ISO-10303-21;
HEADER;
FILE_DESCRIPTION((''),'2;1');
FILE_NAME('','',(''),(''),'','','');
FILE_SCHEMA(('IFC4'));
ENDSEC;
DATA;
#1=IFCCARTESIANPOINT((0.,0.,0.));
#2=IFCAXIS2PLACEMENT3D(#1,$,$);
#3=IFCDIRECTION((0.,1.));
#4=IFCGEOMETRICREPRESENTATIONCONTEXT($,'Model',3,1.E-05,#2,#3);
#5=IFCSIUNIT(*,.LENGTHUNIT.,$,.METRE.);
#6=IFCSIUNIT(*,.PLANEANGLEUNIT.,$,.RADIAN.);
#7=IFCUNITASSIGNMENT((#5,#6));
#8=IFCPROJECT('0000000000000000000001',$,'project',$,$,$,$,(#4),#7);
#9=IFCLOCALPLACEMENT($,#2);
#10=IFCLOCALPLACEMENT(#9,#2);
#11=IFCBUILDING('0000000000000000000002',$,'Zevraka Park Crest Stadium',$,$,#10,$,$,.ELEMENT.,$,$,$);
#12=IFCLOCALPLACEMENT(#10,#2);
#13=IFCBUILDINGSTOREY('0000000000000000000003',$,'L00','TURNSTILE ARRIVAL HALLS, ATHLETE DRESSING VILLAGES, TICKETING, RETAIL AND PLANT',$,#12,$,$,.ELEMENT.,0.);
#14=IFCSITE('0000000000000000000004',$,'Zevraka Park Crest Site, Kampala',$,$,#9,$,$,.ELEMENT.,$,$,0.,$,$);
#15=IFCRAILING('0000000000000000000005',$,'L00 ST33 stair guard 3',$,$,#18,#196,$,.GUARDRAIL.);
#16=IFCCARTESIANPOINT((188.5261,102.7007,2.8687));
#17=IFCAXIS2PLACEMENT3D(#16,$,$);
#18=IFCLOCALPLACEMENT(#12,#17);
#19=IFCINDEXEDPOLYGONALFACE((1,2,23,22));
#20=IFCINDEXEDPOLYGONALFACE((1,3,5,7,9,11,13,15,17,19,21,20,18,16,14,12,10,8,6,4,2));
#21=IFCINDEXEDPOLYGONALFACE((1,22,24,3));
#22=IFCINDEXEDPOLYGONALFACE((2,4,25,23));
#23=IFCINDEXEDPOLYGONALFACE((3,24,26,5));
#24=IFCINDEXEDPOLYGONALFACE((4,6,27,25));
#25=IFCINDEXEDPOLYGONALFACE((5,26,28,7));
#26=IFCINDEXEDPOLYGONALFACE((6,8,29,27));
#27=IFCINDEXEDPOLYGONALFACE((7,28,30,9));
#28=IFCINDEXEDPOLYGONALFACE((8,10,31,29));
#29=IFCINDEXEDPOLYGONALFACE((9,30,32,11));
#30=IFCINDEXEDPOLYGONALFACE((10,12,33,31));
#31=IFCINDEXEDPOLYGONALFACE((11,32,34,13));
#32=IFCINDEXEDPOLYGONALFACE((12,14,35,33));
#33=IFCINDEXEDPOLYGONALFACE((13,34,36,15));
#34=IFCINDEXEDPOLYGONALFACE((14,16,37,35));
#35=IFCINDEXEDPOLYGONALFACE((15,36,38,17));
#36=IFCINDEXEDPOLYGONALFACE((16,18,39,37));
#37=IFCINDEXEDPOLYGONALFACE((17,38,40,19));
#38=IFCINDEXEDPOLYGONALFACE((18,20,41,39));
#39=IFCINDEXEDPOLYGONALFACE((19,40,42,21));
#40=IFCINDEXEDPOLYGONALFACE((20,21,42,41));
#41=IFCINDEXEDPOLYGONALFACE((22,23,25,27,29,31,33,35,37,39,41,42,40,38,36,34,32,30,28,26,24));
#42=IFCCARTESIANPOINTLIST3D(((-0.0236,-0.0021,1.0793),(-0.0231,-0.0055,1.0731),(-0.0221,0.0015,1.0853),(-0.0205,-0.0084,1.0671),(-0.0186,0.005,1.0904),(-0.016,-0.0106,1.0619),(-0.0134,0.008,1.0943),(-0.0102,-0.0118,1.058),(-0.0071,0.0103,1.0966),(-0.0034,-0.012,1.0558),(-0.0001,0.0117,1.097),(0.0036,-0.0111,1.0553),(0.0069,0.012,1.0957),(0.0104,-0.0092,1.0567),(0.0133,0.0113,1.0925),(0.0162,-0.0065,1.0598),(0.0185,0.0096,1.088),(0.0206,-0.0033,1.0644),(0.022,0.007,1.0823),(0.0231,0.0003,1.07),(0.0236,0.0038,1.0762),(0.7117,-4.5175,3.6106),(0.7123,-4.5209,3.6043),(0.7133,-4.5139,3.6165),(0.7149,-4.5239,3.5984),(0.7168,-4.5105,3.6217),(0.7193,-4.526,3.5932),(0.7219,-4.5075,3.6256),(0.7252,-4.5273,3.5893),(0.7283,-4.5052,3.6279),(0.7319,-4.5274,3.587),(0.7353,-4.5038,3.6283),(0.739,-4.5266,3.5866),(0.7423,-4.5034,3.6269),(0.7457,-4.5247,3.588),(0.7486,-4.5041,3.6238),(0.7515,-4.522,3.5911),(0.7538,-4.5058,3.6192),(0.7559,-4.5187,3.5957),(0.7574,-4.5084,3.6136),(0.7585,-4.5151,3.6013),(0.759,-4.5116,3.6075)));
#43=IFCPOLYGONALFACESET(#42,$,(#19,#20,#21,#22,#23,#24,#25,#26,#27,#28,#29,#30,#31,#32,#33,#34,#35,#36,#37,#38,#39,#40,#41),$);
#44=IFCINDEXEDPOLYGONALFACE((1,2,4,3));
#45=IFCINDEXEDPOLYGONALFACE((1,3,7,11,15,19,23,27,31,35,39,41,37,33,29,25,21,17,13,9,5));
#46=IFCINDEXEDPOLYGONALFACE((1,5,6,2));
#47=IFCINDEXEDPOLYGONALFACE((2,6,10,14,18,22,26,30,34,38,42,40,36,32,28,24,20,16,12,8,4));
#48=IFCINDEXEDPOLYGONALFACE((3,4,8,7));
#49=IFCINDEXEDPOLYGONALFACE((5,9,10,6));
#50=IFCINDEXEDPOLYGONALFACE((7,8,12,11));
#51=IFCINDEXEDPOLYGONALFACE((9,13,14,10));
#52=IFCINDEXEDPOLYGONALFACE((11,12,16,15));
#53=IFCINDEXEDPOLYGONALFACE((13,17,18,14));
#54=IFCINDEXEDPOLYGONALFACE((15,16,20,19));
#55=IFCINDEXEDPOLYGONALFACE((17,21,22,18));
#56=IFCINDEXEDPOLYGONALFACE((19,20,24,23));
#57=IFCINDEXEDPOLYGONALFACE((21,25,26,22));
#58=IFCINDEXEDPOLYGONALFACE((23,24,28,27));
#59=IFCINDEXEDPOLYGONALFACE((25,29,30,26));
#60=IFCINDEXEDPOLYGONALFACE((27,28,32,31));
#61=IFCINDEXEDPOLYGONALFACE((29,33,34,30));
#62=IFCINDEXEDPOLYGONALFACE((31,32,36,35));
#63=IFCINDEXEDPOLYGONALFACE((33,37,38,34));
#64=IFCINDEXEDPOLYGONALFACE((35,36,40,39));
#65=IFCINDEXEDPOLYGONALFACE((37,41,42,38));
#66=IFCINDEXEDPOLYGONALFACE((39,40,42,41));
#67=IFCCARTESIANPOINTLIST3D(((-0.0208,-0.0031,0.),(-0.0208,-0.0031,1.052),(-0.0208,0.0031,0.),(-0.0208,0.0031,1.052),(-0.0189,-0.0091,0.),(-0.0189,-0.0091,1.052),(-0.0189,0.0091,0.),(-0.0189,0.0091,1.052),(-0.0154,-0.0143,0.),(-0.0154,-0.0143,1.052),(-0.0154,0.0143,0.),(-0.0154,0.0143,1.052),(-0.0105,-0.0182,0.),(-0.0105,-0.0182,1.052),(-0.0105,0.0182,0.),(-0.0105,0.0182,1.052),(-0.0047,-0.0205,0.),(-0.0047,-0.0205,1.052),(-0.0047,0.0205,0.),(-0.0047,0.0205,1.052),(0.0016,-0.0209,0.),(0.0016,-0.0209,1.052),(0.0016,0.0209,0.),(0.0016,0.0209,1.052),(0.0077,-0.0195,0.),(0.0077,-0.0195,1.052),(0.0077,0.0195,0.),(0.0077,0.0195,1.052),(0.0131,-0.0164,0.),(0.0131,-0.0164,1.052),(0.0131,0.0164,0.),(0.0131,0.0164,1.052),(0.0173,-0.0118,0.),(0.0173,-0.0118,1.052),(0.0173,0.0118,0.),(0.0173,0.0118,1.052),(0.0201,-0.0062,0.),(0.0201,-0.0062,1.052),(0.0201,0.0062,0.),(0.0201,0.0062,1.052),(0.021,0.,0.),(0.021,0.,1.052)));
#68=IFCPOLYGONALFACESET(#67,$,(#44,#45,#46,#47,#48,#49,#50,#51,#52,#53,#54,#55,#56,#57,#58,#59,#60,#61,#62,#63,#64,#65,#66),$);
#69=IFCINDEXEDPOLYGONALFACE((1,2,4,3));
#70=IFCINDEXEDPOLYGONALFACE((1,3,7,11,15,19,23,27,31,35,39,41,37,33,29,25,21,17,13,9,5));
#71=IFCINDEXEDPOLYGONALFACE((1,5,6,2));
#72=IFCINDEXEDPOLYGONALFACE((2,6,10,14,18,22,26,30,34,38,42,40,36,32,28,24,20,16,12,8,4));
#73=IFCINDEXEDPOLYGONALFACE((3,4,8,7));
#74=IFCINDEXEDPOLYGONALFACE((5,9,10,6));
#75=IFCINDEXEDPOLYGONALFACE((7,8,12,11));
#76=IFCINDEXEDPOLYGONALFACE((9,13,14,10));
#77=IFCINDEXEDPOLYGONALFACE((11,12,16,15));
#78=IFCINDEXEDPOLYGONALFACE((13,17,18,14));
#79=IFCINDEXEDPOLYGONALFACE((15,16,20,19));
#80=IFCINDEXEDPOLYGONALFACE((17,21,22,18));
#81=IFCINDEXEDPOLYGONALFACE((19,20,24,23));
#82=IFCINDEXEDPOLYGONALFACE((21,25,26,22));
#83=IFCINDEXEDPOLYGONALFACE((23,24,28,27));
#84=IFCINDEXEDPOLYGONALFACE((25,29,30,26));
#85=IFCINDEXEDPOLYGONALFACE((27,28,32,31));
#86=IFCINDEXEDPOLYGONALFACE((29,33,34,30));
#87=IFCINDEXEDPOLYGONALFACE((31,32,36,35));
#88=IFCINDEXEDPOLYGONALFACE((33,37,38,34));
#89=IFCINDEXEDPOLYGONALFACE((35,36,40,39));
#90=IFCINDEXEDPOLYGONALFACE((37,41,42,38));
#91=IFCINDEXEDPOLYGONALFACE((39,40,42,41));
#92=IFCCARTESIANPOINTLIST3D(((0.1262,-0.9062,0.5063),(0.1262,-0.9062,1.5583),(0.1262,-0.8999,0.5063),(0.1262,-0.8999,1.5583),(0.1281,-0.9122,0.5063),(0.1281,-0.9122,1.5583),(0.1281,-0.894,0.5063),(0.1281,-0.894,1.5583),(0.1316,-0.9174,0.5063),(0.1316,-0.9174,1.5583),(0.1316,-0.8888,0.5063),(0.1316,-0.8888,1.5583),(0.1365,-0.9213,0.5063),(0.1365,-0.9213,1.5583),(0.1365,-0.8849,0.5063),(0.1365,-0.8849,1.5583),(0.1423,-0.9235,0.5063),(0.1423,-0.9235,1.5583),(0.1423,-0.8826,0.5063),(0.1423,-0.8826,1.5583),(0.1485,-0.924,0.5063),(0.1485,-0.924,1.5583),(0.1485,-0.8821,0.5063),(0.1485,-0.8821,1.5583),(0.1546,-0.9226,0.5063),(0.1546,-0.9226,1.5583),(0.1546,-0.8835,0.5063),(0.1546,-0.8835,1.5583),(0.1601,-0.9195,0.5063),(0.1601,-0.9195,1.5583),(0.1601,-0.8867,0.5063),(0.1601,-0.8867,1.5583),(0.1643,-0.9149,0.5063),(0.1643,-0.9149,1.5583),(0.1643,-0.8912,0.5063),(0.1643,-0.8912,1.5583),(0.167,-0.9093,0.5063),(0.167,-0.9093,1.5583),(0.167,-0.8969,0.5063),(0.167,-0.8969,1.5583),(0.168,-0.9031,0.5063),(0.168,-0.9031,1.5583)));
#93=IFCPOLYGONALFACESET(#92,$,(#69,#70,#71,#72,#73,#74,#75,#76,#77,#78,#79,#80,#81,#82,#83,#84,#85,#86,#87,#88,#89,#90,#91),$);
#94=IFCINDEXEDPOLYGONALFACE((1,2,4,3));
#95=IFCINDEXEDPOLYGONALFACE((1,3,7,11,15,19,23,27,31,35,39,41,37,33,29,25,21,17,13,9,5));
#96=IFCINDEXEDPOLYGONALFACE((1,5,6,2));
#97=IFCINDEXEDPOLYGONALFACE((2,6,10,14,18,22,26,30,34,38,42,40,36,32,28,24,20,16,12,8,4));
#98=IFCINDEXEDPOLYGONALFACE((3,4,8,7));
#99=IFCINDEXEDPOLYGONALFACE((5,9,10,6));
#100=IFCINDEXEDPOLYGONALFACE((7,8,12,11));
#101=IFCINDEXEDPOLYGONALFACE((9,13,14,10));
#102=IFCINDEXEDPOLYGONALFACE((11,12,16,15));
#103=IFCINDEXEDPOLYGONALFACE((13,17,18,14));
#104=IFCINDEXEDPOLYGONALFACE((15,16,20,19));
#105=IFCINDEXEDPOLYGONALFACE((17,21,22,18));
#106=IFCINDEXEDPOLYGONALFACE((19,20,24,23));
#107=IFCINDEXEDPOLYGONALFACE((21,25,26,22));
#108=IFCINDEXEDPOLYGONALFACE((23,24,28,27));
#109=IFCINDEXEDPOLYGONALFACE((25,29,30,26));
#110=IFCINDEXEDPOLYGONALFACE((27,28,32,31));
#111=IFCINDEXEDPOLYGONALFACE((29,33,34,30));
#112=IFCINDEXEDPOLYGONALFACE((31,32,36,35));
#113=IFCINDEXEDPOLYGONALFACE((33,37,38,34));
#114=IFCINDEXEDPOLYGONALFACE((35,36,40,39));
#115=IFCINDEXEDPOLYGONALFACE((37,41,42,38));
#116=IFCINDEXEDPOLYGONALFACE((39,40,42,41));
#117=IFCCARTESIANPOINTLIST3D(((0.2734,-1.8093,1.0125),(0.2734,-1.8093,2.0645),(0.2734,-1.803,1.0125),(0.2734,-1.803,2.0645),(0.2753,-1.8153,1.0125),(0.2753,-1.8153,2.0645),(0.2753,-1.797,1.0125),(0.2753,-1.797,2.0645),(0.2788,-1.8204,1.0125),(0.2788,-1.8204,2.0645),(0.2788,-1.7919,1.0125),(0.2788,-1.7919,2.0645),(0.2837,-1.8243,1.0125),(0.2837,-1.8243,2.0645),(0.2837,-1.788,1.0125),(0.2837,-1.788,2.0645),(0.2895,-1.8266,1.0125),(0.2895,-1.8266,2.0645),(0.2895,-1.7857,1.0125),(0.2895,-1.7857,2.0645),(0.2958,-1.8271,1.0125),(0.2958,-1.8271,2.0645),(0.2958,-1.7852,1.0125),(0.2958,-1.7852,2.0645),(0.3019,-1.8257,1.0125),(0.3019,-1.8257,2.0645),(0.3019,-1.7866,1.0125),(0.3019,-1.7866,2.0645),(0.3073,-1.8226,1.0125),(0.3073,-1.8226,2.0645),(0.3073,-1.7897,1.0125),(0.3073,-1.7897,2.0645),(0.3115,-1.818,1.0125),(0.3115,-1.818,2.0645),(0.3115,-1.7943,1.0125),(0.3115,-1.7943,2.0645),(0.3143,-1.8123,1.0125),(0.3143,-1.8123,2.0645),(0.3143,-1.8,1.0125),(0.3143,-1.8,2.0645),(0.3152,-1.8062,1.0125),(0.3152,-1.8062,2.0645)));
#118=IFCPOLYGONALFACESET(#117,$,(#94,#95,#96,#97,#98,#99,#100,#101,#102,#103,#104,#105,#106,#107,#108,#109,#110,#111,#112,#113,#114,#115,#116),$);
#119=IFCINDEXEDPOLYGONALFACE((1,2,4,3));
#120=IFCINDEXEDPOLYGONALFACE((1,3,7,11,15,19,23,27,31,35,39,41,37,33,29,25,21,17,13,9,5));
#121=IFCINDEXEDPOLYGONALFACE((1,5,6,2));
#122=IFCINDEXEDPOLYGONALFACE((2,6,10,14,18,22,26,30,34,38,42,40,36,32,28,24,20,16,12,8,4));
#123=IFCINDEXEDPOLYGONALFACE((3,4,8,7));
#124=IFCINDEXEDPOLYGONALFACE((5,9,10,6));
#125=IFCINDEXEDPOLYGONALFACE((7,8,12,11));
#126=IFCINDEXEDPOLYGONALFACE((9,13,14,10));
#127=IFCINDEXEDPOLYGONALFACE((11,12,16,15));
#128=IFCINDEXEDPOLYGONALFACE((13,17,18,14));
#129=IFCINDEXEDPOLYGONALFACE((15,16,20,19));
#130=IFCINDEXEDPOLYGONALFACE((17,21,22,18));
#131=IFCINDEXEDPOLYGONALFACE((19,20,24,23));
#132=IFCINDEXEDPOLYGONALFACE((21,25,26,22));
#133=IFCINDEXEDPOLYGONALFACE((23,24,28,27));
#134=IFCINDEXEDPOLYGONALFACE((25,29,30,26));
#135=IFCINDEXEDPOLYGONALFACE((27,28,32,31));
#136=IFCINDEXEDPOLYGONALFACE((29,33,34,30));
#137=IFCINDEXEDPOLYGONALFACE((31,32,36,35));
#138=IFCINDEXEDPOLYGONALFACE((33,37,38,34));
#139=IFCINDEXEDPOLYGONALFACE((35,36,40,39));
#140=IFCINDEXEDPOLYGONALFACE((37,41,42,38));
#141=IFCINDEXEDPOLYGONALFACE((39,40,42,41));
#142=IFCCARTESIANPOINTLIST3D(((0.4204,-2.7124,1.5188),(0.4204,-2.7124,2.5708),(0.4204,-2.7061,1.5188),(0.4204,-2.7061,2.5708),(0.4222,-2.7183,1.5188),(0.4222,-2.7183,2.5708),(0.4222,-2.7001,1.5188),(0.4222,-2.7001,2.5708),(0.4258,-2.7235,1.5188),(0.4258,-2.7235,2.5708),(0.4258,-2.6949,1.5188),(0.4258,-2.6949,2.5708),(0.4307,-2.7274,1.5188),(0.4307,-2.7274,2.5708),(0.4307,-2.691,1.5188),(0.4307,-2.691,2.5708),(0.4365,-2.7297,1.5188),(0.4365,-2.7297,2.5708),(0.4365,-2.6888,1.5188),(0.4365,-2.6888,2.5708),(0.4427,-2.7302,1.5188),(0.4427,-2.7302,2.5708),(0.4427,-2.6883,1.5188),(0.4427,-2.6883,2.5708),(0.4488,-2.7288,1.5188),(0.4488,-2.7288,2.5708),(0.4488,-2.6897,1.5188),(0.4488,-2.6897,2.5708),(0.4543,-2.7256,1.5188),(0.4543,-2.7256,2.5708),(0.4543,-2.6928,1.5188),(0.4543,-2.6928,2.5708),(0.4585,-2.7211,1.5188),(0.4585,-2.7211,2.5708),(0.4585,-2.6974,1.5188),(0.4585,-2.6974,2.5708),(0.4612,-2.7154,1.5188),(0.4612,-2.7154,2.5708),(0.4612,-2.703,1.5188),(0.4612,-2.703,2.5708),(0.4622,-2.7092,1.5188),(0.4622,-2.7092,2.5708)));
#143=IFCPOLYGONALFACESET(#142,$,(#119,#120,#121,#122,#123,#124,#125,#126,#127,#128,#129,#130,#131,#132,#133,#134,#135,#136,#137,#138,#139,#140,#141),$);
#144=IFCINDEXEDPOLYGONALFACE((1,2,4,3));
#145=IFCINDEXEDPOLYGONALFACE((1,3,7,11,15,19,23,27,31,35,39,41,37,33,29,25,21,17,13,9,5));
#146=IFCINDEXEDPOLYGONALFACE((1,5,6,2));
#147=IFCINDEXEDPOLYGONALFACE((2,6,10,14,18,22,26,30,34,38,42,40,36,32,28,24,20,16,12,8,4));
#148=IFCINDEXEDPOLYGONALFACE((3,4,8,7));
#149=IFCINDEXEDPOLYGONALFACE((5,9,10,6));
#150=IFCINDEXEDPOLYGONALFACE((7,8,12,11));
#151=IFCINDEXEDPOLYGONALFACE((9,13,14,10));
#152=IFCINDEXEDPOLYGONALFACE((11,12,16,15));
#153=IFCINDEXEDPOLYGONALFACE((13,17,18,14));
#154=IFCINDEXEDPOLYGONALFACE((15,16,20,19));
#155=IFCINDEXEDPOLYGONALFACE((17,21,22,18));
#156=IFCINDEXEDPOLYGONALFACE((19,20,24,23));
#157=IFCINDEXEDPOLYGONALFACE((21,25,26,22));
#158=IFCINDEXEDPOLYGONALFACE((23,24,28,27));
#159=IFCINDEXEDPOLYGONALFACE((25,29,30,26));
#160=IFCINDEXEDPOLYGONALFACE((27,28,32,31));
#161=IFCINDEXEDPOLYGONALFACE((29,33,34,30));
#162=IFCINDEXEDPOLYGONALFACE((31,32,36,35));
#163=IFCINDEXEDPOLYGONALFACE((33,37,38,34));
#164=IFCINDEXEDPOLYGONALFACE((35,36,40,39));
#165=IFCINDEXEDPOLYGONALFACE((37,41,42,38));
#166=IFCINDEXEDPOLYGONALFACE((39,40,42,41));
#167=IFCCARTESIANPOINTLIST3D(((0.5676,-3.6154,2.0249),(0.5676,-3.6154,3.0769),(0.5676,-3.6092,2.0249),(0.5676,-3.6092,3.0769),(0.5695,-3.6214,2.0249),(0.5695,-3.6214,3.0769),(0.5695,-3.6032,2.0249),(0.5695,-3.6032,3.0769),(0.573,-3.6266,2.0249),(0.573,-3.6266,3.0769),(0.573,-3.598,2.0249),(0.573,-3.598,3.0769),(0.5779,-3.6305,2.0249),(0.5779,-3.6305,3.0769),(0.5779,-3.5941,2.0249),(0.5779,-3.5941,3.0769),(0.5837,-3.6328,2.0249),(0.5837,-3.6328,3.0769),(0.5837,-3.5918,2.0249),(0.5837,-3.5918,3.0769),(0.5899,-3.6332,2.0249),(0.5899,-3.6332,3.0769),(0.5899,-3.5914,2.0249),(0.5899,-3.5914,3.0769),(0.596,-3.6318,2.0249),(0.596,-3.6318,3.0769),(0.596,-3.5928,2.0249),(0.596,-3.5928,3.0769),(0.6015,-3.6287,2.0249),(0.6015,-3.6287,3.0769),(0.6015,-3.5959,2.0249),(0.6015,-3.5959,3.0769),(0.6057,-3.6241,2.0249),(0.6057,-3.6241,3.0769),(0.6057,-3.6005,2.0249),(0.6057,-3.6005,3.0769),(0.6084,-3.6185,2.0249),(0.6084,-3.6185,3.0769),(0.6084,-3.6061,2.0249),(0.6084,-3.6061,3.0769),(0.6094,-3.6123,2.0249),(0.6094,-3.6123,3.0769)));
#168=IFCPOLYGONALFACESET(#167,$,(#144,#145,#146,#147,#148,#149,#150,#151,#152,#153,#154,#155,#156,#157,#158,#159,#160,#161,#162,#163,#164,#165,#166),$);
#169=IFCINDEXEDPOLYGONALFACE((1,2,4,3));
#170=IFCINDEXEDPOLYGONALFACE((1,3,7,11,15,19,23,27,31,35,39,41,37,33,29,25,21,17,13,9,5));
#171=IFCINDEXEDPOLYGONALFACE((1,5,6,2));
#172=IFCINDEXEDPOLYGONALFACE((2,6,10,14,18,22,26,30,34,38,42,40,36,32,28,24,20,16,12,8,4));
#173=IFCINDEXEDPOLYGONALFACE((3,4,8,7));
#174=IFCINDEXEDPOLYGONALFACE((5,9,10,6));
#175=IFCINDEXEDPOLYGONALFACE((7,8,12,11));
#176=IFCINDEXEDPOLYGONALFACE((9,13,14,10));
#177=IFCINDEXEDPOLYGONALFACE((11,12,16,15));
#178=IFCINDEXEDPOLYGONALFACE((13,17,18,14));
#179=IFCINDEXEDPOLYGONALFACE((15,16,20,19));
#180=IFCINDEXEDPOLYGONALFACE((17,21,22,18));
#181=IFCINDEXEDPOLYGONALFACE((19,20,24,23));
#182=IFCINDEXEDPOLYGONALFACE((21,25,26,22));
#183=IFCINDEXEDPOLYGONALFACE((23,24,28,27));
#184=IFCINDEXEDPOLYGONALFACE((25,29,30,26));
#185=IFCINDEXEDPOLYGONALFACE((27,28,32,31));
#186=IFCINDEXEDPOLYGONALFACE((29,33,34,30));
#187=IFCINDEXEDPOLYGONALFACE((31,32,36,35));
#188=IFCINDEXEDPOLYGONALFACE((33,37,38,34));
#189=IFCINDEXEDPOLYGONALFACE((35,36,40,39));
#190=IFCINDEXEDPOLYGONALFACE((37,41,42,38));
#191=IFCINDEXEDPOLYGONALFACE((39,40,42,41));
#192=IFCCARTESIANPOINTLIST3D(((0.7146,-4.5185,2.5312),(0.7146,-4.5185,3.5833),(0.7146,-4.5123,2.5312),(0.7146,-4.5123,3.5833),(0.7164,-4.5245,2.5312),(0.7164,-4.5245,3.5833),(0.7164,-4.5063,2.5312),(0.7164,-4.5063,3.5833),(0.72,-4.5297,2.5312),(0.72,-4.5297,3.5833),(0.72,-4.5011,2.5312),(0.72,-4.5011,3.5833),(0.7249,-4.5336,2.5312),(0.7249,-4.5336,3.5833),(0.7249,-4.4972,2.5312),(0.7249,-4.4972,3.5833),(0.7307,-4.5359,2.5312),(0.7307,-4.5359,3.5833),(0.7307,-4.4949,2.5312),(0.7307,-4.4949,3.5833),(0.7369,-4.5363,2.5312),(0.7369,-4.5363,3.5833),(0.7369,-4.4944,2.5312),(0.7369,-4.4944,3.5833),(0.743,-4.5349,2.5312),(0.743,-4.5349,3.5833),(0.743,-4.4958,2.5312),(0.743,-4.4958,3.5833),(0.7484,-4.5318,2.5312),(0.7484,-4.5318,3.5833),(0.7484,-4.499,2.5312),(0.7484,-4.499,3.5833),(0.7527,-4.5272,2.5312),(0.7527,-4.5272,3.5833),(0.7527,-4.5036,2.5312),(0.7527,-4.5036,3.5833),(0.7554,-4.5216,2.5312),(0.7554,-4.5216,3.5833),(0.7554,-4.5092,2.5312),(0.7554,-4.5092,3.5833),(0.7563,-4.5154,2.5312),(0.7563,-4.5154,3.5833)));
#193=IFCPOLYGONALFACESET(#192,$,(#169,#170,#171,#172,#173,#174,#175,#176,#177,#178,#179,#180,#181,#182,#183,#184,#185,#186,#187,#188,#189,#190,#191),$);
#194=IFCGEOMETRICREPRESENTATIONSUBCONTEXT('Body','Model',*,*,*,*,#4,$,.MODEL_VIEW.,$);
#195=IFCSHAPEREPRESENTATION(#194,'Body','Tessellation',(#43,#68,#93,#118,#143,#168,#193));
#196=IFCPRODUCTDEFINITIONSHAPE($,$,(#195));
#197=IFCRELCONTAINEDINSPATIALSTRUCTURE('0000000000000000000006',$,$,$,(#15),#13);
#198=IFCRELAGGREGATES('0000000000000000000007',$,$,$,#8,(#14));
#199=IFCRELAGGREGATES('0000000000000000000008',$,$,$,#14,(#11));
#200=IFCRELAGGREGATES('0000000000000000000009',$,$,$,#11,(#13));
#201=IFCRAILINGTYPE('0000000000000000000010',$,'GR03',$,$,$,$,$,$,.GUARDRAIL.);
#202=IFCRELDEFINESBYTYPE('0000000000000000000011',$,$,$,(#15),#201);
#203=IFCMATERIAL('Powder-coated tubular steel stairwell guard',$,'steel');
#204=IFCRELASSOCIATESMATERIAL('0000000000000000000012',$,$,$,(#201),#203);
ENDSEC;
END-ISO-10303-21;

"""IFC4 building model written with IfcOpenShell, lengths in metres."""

from ifc_helpers import new_model, si_unit, direction, frame, origin, origin_2d, place, context, subcontext, project, spatial, circle, extrude, material, type_object, element, save


model = new_model("IFC4")

# Units and contexts
model_context = context("Model", 3, precision=1e-05, world=origin(), true_north=direction((0.0, 1.0)))
body_context = subcontext(model_context, "Body", "Model", "MODEL_VIEW")
ifc_project = project(units=[si_unit("LENGTHUNIT", "METRE"), si_unit("PLANEANGLEUNIT", "RADIAN")], contexts=[model_context])

# Site, building, storey
site_placement = place(None, origin())
site = spatial("IfcSite", under=ifc_project, at=site_placement, Name="Zevraka Park Crest Site, Kampala", CompositionType="ELEMENT", RefElevation=0.0)
building_placement = place(site_placement, origin())
building = spatial("IfcBuilding", under=site, at=building_placement, Name="Zevraka Park Crest Stadium", CompositionType="ELEMENT")
storey_placement = place(building_placement, origin())
storey = spatial("IfcBuildingStorey", under=building, at=storey_placement, Name="L00", Description="TURNSTILE ARRIVAL HALLS, ATHLETE DRESSING VILLAGES, TICKETING, RETAIL AND PLANT", CompositionType="ELEMENT", Elevation=0.0)

# Railing
ifc_material_1 = material(Name="Powder-coated tubular steel stairwell guard", Category="steel")
railing_type_1 = type_object("IfcRailingType", Name="GR03", PredefinedType="GUARDRAIL", material=ifc_material_1)
railing_1_placement = place(storey_placement, frame((188.5261, 102.7007, 2.8687)))
element("IfcRailing", 1, at=railing_1_placement, inside=storey, type_object=railing_type_1, Name="L00 ST33 stair guard 3", PredefinedType="GUARDRAIL", context=body_context, shape_type="SweptSolid", body=[
    extrude(circle(Radius=0.0239, at=origin_2d()), frame((0.0, 0.0, 1.0762), z_axis=(0.140644, -0.863618, 0.484131), x_axis=(0.986997, 0.160737, 0.0)), (0.0, 0.0, 1.0), 5.2285),
    extrude(circle(Radius=0.021, at=origin_2d()), origin(), (0.0, 0.0, 1.0), 1.052),
    extrude(circle(Radius=0.021, at=origin_2d()), frame((0.147, -0.9031, 0.5063)), (0.0, 0.0, 1.0), 1.052),
    extrude(circle(Radius=0.021, at=origin_2d()), frame((0.2942, -1.8062, 1.0125)), (0.0, 0.0, 1.0), 1.052),
    extrude(circle(Radius=0.021, at=origin_2d()), frame((0.4412, -2.7092, 1.5188)), (0.0, 0.0, 1.0), 1.052),
    extrude(circle(Radius=0.021, at=origin_2d()), frame((0.5884, -3.6123, 2.0249)), (0.0, 0.0, 1.0), 1.052),
    extrude(circle(Radius=0.021, at=origin_2d()), frame((0.7354, -4.5154, 2.5312)), (0.0, 0.0, 1.0), 1.052),
])

save(model, "model.ifc")
